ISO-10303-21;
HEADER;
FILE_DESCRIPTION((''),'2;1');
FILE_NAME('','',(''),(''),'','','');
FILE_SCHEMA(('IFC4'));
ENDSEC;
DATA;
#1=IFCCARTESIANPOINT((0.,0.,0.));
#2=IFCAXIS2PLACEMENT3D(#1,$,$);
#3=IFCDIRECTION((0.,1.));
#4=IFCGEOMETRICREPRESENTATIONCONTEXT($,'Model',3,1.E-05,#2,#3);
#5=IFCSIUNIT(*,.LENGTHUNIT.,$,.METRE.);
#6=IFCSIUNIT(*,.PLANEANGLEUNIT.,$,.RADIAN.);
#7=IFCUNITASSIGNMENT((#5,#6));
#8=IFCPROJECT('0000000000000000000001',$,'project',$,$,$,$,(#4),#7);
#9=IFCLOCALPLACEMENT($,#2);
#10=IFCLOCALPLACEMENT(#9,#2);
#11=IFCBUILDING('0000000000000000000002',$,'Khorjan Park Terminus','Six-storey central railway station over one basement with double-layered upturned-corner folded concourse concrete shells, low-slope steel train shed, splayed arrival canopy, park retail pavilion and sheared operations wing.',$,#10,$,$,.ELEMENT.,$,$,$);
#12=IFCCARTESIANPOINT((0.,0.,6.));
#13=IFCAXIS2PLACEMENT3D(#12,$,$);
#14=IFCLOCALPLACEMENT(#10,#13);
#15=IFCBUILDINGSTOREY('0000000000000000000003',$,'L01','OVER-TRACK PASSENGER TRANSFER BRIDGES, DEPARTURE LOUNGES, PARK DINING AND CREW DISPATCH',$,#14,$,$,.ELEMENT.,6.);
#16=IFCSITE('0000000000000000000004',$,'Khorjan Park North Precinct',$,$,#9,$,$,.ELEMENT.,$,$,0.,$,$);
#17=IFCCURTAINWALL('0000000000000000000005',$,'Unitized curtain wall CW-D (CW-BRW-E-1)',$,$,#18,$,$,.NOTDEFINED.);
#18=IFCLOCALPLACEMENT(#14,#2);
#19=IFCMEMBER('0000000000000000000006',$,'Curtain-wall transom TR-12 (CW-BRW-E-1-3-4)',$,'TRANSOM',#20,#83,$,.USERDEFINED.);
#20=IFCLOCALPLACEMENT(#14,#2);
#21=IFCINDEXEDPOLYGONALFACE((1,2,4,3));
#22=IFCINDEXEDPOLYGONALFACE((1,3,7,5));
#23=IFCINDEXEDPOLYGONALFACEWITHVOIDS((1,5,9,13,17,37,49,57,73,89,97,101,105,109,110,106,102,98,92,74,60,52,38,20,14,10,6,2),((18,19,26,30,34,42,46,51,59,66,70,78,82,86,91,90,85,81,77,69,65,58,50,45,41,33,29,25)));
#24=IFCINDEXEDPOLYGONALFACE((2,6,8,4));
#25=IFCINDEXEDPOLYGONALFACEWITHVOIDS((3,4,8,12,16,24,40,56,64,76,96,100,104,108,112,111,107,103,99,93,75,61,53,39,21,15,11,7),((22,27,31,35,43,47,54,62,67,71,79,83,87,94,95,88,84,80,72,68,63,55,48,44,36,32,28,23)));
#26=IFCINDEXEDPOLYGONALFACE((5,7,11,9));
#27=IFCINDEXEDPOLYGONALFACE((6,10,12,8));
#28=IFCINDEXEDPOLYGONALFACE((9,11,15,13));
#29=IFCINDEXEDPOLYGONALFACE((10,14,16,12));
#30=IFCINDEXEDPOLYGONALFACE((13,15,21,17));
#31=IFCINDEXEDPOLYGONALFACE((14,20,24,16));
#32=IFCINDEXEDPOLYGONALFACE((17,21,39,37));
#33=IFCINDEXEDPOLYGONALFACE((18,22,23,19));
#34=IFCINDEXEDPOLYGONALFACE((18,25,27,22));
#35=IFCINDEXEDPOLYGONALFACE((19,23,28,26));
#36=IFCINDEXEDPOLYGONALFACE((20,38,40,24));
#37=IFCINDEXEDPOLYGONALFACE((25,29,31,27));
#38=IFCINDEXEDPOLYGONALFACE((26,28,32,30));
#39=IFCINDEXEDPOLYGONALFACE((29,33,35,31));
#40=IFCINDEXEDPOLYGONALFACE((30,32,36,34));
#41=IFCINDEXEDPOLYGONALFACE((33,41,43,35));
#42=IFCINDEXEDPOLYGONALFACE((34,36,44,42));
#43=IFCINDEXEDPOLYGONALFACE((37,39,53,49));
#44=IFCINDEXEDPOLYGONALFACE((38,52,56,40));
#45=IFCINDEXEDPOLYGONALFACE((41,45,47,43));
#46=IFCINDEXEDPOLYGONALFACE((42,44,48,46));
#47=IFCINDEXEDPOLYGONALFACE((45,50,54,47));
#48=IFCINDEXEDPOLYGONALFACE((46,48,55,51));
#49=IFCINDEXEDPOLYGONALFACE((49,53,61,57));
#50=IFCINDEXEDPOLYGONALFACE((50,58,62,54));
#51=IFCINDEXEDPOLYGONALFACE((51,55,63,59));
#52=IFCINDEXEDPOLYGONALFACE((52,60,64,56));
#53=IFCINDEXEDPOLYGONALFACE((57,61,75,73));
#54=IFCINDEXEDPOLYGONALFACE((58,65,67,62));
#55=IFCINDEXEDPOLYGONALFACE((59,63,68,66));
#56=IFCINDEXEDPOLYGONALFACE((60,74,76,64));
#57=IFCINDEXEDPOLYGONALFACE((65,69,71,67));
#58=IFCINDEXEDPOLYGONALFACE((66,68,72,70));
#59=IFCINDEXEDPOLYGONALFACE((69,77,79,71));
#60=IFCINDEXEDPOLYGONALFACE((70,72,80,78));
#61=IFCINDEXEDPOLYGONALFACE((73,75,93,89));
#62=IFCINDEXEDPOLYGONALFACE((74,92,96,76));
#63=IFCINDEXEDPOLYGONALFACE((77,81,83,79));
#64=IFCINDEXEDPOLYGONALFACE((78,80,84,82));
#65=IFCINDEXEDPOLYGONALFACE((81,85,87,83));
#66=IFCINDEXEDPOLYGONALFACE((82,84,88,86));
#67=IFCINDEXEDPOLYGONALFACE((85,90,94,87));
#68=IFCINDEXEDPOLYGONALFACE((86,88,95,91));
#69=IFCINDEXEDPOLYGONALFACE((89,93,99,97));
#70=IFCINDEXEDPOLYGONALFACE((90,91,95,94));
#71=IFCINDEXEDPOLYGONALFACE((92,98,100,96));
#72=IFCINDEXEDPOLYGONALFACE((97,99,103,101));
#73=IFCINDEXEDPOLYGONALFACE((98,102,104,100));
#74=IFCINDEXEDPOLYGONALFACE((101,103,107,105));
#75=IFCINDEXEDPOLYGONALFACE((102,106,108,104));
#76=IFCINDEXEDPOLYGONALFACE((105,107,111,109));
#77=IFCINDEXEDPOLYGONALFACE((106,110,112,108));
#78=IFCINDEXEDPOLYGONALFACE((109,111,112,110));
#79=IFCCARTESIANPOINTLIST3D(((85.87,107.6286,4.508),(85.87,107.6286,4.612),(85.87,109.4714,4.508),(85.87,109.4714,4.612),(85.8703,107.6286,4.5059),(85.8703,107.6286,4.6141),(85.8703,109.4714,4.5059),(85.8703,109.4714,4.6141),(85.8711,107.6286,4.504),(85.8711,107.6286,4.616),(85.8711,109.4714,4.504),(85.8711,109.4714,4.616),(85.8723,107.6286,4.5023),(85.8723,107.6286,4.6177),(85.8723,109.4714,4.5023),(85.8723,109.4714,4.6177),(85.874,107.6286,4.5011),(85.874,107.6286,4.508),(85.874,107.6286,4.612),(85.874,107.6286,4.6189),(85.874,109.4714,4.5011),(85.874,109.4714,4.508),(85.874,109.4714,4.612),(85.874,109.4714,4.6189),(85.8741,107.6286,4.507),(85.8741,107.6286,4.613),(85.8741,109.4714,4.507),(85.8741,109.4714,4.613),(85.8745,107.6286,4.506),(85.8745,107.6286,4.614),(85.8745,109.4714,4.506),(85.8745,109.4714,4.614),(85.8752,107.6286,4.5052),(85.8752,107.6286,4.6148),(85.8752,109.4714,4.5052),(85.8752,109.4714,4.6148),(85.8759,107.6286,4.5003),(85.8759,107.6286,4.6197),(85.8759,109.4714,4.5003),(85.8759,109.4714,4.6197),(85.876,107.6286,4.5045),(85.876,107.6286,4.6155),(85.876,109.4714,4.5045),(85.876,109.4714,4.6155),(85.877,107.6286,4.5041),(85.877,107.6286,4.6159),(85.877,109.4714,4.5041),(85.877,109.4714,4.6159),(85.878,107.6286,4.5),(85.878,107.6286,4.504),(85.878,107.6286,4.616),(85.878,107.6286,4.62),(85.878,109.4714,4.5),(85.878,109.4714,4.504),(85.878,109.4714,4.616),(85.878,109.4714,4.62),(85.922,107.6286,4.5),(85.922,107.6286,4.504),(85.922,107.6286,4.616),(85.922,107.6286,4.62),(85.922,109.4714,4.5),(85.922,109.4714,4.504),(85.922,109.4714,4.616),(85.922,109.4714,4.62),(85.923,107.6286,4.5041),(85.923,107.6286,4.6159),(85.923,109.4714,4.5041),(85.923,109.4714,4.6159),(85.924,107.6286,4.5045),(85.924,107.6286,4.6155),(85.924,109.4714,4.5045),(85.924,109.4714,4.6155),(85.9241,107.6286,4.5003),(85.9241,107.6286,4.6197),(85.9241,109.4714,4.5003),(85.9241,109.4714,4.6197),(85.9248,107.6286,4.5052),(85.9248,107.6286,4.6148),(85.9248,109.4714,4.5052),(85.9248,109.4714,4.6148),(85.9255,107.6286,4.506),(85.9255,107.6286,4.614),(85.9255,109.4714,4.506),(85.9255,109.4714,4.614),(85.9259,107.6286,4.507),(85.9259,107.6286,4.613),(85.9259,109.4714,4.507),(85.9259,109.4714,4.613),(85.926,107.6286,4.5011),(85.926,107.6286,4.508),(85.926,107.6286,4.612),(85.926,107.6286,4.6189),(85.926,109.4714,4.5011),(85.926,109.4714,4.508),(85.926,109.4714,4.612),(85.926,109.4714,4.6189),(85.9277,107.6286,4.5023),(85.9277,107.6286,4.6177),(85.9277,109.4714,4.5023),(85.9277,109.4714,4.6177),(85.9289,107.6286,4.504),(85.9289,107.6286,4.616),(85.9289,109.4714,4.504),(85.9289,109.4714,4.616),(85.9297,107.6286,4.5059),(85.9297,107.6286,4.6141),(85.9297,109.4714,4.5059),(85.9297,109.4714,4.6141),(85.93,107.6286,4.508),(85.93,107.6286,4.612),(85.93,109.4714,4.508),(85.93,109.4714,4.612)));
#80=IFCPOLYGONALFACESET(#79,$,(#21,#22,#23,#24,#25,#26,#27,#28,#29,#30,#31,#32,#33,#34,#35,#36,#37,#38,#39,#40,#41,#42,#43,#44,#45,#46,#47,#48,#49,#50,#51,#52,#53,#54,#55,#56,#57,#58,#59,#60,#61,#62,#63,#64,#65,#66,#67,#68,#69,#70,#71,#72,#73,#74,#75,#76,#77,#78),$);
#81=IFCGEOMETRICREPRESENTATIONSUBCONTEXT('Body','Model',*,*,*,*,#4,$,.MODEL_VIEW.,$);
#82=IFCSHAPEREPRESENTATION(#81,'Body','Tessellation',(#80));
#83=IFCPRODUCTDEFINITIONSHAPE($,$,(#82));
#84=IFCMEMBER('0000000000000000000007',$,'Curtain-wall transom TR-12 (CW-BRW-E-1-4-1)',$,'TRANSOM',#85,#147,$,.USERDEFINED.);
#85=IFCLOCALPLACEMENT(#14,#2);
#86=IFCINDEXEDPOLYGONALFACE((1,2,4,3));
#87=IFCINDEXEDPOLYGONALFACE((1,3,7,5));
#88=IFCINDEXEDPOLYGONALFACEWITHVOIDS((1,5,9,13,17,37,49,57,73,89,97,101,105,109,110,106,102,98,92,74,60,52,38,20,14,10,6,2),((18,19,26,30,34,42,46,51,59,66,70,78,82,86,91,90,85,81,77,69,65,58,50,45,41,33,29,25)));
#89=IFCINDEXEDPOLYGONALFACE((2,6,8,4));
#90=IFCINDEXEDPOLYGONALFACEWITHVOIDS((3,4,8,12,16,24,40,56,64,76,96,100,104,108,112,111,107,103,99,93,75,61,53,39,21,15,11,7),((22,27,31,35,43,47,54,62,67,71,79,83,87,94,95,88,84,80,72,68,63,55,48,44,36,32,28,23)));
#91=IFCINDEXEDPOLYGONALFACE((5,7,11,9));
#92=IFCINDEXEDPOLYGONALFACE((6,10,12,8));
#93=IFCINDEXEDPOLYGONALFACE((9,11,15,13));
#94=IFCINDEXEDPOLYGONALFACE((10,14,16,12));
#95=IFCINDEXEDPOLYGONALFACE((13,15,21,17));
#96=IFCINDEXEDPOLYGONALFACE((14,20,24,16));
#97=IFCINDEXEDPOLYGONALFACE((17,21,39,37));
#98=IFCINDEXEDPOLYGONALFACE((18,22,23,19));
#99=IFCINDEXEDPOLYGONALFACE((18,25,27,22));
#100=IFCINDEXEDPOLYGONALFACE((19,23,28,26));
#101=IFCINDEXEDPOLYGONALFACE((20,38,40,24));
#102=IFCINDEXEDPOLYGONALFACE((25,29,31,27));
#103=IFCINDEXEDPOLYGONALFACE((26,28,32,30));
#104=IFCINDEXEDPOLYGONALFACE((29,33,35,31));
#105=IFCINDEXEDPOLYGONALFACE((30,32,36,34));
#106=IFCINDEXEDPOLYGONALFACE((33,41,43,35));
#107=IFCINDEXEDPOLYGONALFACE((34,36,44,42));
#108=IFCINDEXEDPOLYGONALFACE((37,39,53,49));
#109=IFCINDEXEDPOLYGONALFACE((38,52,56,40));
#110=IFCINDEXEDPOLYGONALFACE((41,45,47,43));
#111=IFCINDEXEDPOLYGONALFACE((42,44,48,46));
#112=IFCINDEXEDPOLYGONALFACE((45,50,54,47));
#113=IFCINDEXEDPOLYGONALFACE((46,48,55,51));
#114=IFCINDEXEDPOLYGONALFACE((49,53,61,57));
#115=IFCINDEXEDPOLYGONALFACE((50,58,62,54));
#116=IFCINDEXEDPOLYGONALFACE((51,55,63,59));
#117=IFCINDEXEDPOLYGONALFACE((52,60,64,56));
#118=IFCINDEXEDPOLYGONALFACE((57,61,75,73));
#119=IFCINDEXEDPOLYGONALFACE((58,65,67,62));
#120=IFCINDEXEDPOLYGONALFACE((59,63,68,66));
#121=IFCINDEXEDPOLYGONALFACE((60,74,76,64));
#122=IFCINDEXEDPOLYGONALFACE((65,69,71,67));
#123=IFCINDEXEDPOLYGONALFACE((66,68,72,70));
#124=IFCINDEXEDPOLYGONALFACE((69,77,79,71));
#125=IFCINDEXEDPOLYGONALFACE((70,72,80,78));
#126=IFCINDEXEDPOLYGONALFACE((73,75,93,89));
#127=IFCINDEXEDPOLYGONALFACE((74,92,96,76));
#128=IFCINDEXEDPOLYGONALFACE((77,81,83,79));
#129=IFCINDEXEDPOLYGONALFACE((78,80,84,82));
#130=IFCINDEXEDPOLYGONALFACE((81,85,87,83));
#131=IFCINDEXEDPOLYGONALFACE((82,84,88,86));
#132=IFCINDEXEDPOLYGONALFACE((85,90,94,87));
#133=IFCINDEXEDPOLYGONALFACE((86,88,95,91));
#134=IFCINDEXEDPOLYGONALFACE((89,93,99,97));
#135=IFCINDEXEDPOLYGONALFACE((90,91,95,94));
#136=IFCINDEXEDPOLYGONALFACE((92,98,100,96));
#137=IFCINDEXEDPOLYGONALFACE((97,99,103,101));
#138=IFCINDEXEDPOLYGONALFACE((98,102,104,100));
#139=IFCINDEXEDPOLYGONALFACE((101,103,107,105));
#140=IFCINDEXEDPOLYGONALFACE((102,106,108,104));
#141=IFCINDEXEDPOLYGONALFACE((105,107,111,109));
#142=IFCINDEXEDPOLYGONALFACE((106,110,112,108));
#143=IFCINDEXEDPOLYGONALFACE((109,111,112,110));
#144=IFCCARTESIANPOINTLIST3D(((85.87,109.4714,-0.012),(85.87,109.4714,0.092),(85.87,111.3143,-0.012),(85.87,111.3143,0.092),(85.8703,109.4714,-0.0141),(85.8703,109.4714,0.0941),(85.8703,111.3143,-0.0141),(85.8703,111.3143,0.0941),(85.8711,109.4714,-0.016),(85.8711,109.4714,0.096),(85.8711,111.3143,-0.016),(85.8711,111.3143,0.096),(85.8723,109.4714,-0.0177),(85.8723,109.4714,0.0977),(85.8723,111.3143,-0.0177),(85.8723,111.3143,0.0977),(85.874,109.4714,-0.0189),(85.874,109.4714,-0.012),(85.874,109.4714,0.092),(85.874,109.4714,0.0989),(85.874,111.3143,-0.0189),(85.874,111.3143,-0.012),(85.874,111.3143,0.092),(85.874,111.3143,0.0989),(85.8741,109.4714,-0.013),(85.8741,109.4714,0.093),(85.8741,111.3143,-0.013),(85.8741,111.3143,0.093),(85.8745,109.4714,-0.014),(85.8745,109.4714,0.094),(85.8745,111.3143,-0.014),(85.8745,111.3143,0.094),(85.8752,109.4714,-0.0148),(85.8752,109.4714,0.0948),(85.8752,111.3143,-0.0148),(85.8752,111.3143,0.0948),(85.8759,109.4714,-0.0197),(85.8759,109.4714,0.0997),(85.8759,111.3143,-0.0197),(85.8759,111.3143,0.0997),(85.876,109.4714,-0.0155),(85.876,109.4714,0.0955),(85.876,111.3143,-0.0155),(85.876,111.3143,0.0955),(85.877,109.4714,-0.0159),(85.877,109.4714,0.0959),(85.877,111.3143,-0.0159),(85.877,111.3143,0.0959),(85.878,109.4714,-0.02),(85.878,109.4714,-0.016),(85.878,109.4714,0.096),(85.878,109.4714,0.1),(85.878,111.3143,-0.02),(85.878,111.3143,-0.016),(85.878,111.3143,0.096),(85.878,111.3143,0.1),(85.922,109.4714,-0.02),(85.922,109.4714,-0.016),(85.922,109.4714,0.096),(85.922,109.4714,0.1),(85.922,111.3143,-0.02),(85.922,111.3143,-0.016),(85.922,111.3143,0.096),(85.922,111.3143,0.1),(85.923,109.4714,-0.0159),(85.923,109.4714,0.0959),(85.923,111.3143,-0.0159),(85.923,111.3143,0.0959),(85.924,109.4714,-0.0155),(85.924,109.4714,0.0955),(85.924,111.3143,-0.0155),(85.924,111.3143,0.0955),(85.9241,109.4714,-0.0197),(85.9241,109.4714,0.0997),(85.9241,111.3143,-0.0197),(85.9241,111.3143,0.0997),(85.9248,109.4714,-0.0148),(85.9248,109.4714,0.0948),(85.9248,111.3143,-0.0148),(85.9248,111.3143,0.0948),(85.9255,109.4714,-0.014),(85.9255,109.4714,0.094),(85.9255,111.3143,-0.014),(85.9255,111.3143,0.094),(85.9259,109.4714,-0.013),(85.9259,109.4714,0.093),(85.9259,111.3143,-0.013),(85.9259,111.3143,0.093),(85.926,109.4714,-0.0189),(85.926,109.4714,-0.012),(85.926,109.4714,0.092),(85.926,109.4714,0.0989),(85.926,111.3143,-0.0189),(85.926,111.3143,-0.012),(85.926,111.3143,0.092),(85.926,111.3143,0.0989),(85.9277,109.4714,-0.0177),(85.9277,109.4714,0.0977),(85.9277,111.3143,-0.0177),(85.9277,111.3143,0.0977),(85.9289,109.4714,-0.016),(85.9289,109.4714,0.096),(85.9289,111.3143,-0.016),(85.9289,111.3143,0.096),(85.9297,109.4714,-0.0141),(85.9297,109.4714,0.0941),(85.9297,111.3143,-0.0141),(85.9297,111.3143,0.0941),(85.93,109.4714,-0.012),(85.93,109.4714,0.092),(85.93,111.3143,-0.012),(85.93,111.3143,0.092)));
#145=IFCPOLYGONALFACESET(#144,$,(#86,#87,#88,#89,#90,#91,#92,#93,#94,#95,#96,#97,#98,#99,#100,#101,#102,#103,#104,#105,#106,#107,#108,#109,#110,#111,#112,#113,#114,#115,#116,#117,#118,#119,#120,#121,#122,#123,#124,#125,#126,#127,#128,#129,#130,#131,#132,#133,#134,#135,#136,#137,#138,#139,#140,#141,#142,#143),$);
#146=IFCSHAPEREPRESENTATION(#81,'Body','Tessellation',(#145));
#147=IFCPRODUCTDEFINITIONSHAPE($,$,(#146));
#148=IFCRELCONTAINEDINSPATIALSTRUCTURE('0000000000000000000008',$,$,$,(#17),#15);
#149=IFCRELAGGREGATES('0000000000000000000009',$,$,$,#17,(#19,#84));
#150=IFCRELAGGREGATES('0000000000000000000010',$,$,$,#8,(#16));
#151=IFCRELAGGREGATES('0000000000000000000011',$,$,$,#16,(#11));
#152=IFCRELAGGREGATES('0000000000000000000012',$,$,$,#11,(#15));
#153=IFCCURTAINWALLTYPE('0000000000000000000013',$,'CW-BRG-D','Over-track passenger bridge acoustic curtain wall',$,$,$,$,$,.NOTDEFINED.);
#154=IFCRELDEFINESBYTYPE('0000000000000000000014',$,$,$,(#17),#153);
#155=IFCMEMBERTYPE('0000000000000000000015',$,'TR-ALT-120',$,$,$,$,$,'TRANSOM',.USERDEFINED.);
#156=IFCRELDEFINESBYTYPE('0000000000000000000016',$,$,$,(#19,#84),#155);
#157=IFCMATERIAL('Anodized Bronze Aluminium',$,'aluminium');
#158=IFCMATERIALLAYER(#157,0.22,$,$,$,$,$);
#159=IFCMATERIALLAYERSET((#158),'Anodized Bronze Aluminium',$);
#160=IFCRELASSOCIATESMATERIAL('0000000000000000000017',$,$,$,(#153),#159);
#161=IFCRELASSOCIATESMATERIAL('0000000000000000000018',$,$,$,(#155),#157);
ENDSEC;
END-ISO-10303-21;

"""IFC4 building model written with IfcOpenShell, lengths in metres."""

from ifc_helpers import new_model, si_unit, direction, frame, origin, origin_2d, place, context, subcontext, project, spatial, hollow_rectangle, extrude, material, layer, layer_set, material_profile, profile_set, type_object, element, aggregate, save


model = new_model("IFC4")

# Units and contexts
model_context = context("Model", 3, precision=1e-05, world=origin(), true_north=direction((0.0, 1.0)))
body_context = subcontext(model_context, "Body", "Model", "MODEL_VIEW")
ifc_project = project(units=[si_unit("LENGTHUNIT", "METRE"), si_unit("PLANEANGLEUNIT", "RADIAN")], contexts=[model_context])

# Site, building, storey
site_placement = place(None, origin())
site = spatial("IfcSite", under=ifc_project, at=site_placement, Name="Khorjan Park North Precinct", CompositionType="ELEMENT", RefElevation=0.0)
building_placement = place(site_placement, origin())
building = spatial("IfcBuilding", under=site, at=building_placement, Name="Khorjan Park Terminus", Description="Six-storey central railway station over one basement with double-layered upturned-corner folded concourse concrete shells, low-slope steel train shed, splayed arrival canopy, park retail pavilion and sheared operations wing.", CompositionType="ELEMENT")
storey_placement = place(building_placement, frame((0.0, 0.0, 6.0)))
storey = spatial("IfcBuildingStorey", under=building, at=storey_placement, Name="L01", Description="OVER-TRACK PASSENGER TRANSFER BRIDGES, DEPARTURE LOUNGES, PARK DINING AND CREW DISPATCH", CompositionType="ELEMENT", Elevation=6.0)

# Curtain wall
ifc_material_1 = material(Name="Anodized Bronze Aluminium", Category="aluminium")
ifc_layer_1 = layer(ifc_material_1, 0.22)
ifc_layer_set_1 = layer_set([ifc_layer_1], Name="Anodized Bronze Aluminium")
curtain_wall_type = type_object("IfcCurtainWallType", Name="CW-BRG-D", Description="Over-track passenger bridge acoustic curtain wall", PredefinedType="NOTDEFINED", material=ifc_layer_set_1)
curtain_wall_1_placement = place(storey_placement, origin())
curtain_wall_1 = element("IfcCurtainWall", 1, at=curtain_wall_1_placement, inside=storey, type_object=curtain_wall_type, Name="Unitized curtain wall CW-D (CW-BRW-E-1)", PredefinedType="NOTDEFINED")

# Members
ifc_material_profile_1 = material_profile(ifc_material_1, hollow_rectangle(XDim=0.06, YDim=0.12, WallThickness=0.004, InnerFilletRadius=0.004, OuterFilletRadius=0.008, at=origin_2d()), Name="ALT 60x120x4")
ifc_profile_set_1 = profile_set([ifc_material_profile_1], Name="Anodized Bronze Aluminium")
member_type_1 = type_object("IfcMemberType", Name="TR-ALT-120", ElementType="TRANSOM", PredefinedType="USERDEFINED", material=ifc_profile_set_1)
member_1_placement = place(storey_placement, frame((85.9, 107.6286, 4.56), z_axis=(0.0, 1.0, 0.0), x_axis=(-1.0, 0.0, 0.0)))
member_1 = element("IfcMember", 2, at=member_1_placement, type_object=member_type_1, Name="Curtain-wall transom TR-12 (CW-BRW-E-1-3-4)", ObjectType="TRANSOM", PredefinedType="USERDEFINED", context=body_context, shape_type="SweptSolid", body=[
    extrude(hollow_rectangle(XDim=0.06, YDim=0.12, WallThickness=0.004, InnerFilletRadius=0.004, OuterFilletRadius=0.008, at=origin_2d()), origin(), (0.0, 0.0, 1.0), 1.8428),
])
member_2_placement = place(storey_placement, frame((85.9, 109.4714, 0.04), z_axis=(0.0, 1.0, 0.0), x_axis=(-1.0, 0.0, 0.0)))
member_2 = element("IfcMember", 3, at=member_2_placement, type_object=member_type_1, Name="Curtain-wall transom TR-12 (CW-BRW-E-1-4-1)", ObjectType="TRANSOM", PredefinedType="USERDEFINED", context=body_context, shape_type="SweptSolid", body=[
    extrude(hollow_rectangle(XDim=0.06, YDim=0.12, WallThickness=0.004, InnerFilletRadius=0.004, OuterFilletRadius=0.008, at=origin_2d()), origin(), (0.0, 0.0, 1.0), 1.8429),
])

aggregate(curtain_wall_1, [member_1, member_2])

save(model, "model.ifc")
